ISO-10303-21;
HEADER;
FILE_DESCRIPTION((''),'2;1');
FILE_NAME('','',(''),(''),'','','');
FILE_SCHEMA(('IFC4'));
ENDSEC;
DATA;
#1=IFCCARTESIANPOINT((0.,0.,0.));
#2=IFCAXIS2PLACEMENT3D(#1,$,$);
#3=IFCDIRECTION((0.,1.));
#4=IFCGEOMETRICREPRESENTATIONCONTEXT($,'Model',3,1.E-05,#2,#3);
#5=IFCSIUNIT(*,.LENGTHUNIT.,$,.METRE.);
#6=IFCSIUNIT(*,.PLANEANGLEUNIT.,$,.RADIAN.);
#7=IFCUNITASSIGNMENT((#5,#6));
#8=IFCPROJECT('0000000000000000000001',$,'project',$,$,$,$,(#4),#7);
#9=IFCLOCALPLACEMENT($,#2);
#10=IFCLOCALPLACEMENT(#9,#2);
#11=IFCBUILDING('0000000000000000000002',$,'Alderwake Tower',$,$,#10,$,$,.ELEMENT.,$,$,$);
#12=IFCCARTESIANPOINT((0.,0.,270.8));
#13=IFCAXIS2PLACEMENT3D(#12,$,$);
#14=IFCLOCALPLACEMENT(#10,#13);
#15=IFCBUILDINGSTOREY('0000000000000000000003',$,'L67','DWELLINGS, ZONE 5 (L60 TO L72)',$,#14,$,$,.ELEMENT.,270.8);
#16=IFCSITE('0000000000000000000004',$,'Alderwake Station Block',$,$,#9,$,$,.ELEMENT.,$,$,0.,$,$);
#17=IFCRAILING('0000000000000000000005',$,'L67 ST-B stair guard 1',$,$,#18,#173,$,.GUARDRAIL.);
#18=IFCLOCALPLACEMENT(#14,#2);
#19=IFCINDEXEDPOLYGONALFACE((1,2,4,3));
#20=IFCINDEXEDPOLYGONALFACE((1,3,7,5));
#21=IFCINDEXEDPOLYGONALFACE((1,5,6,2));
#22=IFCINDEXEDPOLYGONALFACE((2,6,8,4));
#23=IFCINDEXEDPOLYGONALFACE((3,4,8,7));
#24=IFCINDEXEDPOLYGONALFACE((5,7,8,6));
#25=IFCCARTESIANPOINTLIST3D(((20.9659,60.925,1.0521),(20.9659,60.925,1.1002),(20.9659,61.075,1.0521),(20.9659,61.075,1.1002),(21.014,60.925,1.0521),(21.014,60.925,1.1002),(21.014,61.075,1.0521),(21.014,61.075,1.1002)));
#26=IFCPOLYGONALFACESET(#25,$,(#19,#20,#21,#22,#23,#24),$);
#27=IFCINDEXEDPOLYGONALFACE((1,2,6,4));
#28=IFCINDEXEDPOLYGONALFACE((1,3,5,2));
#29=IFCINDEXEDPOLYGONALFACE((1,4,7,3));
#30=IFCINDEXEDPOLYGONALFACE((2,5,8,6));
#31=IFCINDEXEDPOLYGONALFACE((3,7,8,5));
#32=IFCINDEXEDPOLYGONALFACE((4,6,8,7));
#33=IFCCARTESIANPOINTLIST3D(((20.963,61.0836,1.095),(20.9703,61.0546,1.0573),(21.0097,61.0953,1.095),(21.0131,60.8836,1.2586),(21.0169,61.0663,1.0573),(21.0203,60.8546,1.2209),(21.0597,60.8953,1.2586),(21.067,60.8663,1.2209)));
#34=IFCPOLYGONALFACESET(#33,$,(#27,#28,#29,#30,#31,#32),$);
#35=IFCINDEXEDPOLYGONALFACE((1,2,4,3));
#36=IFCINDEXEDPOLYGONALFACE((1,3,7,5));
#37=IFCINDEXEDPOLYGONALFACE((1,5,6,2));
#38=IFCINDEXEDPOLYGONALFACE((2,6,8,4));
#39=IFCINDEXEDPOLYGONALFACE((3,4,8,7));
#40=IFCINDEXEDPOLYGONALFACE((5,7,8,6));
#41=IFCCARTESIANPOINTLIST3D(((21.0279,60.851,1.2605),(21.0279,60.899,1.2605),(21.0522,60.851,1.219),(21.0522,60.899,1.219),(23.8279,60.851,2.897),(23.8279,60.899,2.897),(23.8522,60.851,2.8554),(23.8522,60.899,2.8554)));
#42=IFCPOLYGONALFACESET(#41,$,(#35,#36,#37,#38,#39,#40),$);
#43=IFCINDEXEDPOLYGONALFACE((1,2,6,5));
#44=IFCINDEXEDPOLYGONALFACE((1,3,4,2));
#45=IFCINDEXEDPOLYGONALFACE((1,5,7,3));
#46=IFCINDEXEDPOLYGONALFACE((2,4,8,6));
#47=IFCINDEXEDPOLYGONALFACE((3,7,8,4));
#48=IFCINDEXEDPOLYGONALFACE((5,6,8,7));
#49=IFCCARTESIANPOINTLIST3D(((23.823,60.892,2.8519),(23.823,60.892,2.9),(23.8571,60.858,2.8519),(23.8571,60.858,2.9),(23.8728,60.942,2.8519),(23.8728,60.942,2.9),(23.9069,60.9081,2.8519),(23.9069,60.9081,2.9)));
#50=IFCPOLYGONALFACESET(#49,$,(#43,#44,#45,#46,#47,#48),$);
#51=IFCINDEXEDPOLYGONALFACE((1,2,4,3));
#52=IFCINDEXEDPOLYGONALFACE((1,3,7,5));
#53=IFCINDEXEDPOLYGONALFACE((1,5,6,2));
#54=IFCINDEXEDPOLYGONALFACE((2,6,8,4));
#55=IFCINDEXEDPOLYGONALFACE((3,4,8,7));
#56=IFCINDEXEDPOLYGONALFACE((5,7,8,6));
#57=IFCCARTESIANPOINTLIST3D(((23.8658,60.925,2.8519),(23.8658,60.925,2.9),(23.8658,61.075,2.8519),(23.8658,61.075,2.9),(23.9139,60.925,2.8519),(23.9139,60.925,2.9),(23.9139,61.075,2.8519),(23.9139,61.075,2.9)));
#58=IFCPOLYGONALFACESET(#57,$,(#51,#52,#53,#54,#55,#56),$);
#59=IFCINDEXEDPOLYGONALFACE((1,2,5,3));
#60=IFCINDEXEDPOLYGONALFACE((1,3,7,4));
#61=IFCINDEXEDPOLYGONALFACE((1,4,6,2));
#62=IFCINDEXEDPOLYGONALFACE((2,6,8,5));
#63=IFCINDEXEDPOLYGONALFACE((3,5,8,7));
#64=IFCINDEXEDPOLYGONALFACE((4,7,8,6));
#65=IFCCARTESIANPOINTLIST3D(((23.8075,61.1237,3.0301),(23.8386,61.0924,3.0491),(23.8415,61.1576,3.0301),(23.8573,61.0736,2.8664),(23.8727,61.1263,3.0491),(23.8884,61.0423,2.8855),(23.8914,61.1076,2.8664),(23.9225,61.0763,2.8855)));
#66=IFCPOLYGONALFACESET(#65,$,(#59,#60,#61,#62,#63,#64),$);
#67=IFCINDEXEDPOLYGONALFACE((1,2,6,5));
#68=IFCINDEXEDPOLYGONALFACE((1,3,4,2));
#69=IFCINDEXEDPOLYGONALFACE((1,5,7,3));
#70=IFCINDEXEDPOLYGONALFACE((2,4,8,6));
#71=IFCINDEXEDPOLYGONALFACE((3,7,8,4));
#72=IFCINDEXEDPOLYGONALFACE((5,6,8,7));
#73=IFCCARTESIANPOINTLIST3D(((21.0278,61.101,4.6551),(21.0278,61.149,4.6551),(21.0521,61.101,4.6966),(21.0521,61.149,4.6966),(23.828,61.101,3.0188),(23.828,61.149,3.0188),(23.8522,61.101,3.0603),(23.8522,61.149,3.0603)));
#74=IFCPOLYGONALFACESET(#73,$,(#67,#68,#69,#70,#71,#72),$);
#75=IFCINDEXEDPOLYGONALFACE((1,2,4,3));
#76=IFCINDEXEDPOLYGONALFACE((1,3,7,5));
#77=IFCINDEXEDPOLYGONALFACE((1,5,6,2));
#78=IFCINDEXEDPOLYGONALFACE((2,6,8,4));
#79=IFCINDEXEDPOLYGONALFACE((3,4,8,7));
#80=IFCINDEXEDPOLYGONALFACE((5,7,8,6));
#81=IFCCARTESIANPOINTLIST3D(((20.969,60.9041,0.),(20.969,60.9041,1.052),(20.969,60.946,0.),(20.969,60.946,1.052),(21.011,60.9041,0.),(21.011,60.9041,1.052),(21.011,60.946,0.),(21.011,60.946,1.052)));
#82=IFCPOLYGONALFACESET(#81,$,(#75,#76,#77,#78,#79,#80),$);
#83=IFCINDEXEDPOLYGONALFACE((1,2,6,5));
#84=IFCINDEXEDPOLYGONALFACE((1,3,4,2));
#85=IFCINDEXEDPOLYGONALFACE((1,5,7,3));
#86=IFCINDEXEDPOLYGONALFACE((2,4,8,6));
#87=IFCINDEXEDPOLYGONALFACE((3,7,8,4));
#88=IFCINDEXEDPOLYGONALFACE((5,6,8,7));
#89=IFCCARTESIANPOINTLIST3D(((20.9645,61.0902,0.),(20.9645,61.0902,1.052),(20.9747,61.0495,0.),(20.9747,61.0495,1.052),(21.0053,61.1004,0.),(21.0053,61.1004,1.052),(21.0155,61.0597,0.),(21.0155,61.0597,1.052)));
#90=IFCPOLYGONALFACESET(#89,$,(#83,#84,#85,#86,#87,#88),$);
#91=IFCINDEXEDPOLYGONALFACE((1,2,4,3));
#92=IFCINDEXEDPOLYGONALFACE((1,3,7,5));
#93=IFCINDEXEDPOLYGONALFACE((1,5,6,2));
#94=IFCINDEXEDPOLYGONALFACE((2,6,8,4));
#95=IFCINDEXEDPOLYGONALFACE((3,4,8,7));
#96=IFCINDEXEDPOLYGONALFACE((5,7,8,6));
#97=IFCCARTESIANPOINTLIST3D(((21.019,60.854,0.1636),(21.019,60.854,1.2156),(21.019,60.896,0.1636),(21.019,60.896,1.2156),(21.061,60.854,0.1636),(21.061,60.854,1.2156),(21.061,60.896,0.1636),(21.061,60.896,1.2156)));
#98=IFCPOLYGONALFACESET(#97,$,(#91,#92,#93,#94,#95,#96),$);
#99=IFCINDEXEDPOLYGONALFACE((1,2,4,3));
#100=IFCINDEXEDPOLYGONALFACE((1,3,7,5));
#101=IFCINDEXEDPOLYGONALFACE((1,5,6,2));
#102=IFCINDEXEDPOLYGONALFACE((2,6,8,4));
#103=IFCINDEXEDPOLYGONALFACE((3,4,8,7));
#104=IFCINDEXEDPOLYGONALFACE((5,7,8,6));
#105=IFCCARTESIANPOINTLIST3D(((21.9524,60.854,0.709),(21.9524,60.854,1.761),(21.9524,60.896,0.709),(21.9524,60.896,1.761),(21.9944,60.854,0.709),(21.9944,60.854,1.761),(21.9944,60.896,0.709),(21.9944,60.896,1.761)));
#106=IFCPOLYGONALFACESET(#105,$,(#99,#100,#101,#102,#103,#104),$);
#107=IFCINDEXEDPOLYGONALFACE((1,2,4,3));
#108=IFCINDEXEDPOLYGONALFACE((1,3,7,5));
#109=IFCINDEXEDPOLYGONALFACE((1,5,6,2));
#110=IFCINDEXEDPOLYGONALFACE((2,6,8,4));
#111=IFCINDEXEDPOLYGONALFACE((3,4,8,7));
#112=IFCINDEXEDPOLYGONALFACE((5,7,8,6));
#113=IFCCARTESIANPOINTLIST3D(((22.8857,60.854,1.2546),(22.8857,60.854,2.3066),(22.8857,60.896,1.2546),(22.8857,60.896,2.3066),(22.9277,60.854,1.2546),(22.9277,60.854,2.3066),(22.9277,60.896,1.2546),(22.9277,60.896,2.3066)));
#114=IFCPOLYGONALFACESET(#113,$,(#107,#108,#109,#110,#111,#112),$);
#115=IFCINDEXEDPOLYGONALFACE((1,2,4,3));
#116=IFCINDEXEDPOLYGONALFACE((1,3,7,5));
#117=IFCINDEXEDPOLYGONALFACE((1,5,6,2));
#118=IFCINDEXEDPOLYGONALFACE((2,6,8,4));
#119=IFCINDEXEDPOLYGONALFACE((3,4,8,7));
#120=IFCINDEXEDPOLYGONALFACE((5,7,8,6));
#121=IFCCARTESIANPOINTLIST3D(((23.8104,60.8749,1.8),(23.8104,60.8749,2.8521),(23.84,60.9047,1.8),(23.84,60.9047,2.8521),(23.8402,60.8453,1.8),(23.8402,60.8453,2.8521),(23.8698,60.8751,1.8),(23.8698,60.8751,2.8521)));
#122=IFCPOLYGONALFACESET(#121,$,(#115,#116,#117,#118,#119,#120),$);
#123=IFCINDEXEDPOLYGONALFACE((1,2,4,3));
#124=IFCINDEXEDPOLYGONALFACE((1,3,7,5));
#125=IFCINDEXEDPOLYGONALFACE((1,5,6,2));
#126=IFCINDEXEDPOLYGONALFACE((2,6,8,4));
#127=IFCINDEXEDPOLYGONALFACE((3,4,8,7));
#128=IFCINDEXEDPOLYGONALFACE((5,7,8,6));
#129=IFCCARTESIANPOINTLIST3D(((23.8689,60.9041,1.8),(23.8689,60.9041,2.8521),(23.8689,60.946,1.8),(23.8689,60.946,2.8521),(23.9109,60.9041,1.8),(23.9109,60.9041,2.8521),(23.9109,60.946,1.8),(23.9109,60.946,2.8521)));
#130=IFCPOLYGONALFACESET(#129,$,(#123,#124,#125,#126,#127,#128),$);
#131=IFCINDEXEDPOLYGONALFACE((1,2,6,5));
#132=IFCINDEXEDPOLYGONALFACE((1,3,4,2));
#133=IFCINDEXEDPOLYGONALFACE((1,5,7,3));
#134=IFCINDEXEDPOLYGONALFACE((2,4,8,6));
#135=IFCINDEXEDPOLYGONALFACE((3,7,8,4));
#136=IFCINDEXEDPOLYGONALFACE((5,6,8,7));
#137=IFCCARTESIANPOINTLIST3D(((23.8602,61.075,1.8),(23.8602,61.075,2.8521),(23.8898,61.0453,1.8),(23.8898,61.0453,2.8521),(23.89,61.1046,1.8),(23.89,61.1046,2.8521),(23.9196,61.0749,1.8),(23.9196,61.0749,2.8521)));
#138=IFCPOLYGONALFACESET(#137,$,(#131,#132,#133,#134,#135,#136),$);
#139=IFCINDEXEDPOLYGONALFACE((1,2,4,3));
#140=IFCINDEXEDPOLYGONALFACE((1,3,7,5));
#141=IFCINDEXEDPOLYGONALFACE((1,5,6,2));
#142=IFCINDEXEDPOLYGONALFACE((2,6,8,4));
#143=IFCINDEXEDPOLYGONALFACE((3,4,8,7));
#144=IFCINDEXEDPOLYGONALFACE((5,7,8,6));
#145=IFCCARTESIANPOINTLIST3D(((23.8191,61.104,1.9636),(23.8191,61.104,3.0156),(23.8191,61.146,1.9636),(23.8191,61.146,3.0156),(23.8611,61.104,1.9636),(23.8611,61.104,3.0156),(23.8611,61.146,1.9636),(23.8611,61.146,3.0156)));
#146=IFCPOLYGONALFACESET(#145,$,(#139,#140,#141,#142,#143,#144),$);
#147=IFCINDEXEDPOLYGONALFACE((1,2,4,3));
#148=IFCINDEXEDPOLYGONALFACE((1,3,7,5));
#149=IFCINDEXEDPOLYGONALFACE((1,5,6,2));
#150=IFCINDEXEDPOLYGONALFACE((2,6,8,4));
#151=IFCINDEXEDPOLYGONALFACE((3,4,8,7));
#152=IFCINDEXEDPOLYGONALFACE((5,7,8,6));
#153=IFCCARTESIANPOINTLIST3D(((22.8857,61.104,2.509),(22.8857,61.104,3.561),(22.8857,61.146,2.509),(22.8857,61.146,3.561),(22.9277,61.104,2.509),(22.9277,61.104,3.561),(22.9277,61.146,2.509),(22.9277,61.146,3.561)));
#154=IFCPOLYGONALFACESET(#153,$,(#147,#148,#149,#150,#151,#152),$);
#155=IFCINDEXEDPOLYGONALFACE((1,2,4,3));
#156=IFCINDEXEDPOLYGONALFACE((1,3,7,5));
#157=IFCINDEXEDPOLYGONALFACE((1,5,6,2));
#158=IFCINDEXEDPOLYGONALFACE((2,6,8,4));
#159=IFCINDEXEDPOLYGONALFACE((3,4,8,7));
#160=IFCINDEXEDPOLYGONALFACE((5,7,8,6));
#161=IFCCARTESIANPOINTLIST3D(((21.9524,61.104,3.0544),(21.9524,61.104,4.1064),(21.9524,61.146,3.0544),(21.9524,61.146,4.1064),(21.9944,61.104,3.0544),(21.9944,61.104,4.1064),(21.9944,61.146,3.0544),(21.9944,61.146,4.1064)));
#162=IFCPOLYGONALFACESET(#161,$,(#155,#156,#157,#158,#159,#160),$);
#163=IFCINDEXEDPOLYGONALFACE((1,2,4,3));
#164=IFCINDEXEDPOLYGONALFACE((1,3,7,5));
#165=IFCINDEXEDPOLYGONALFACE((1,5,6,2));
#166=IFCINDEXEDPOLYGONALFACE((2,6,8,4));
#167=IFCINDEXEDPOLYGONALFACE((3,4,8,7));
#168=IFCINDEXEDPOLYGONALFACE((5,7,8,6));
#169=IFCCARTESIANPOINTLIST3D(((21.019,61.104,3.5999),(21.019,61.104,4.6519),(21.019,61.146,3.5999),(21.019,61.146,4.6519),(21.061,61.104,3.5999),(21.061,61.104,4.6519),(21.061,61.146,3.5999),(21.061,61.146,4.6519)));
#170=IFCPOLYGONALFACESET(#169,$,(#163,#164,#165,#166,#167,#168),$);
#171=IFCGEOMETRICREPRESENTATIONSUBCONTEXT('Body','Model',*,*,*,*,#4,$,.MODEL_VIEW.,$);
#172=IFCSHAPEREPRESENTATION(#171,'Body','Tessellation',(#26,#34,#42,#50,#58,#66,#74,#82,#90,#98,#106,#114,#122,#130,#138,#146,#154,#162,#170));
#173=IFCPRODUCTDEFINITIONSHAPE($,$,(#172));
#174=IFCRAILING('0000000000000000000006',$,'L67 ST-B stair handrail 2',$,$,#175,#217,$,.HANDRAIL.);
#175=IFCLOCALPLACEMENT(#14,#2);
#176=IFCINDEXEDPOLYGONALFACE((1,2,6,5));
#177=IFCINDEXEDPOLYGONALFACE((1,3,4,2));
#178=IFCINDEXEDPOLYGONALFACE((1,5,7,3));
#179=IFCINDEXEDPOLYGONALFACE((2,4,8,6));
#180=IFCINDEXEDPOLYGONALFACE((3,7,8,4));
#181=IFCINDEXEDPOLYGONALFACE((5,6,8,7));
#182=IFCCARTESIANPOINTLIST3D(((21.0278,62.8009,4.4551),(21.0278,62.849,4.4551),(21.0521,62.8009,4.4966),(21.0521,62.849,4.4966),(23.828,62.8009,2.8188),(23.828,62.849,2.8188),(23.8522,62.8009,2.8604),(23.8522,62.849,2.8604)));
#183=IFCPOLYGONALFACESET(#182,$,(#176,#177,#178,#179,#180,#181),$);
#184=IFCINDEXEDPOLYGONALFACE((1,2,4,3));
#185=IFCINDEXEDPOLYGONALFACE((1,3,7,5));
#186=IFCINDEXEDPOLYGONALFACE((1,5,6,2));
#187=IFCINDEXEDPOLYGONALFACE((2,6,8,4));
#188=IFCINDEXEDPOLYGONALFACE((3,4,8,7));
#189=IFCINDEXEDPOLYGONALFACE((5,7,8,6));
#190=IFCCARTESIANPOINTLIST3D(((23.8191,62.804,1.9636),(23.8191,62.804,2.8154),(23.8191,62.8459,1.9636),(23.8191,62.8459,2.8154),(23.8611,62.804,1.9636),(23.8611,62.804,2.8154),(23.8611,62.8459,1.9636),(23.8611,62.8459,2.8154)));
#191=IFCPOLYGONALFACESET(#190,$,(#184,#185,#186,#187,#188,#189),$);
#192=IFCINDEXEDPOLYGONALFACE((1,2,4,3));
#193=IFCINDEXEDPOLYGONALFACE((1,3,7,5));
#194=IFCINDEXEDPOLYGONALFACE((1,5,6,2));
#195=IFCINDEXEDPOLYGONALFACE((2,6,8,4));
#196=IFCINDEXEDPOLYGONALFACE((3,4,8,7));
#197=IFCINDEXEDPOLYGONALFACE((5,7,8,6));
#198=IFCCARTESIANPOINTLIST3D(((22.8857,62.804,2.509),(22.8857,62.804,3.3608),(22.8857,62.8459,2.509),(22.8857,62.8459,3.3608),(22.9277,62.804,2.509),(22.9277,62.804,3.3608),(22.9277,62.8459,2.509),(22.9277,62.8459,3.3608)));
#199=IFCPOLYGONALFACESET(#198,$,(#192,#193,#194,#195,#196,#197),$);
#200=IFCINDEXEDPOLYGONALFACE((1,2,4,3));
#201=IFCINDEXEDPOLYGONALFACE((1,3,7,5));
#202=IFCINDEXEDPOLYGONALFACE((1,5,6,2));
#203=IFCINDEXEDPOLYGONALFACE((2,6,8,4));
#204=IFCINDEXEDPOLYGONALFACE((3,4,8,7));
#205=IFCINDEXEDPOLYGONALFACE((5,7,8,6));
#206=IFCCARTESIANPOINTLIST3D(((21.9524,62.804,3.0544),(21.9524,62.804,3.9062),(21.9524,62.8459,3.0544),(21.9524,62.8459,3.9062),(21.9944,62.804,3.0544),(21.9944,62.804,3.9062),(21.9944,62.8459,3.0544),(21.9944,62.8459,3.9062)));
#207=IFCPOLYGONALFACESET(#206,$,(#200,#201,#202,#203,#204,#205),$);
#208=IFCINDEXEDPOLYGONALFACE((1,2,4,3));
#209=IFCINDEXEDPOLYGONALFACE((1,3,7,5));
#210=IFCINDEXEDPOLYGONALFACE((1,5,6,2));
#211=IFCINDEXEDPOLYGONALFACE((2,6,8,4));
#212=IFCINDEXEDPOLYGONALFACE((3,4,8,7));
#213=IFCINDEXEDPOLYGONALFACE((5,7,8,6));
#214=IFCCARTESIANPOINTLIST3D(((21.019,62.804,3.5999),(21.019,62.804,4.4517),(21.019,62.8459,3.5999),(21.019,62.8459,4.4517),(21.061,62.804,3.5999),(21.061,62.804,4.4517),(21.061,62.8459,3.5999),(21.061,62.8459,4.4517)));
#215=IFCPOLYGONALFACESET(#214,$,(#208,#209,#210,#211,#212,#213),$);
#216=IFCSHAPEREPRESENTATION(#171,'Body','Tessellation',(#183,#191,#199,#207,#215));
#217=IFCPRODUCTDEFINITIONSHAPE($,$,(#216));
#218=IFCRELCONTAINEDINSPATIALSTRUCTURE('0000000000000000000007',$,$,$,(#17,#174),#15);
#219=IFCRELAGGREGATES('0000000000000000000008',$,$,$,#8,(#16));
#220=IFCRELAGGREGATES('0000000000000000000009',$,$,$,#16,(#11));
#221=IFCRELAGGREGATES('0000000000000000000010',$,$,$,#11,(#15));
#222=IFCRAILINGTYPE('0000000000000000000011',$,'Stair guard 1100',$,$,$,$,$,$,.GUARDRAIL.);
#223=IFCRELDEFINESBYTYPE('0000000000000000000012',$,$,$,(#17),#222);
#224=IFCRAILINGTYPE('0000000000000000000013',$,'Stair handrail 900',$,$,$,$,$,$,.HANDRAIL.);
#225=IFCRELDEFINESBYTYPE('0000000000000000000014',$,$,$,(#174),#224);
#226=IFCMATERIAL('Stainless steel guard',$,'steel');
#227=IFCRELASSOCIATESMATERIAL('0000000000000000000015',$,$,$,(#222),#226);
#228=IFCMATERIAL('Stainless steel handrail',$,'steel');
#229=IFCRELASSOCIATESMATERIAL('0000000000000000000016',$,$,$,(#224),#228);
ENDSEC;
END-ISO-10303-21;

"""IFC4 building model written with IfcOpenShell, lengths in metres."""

from ifc_helpers import new_model, si_unit, direction, frame, origin, origin_2d, place, context, subcontext, project, spatial, rectangle, extrude, material, type_object, element, save


model = new_model("IFC4")

# Units and contexts
model_context = context("Model", 3, precision=1e-05, world=origin(), true_north=direction((0.0, 1.0)))
body_context = subcontext(model_context, "Body", "Model", "MODEL_VIEW")
ifc_project = project(units=[si_unit("LENGTHUNIT", "METRE"), si_unit("PLANEANGLEUNIT", "RADIAN")], contexts=[model_context])

# Site, building, storey
site_placement = place(None, origin())
site = spatial("IfcSite", under=ifc_project, at=site_placement, Name="Alderwake Station Block", CompositionType="ELEMENT", RefElevation=0.0)
building_placement = place(site_placement, origin())
building = spatial("IfcBuilding", under=site, at=building_placement, Name="Alderwake Tower", CompositionType="ELEMENT")
storey_placement = place(building_placement, frame((0.0, 0.0, 270.8)))
storey = spatial("IfcBuildingStorey", under=building, at=storey_placement, Name="L67", Description="DWELLINGS, ZONE 5 (L60 TO L72)", CompositionType="ELEMENT", Elevation=270.8)

# Railings
ifc_material_1 = material(Name="Stainless steel guard", Category="steel")
railing_type_1 = type_object("IfcRailingType", Name="Stair guard 1100", PredefinedType="GUARDRAIL", material=ifc_material_1)
railing_1_placement = place(storey_placement, frame((20.99, 60.925, 0.0)))
element("IfcRailing", 1, at=railing_1_placement, inside=storey, type_object=railing_type_1, Name="L67 ST-B stair guard 1", PredefinedType="GUARDRAIL", context=body_context, shape_type="SweptSolid", body=[
    extrude(rectangle(XDim=0.0481, YDim=0.0481, at=origin_2d()), frame((0.0, 0.0, 1.0762), z_axis=(0.0, 1.0, 0.0), x_axis=(-1.0, 0.0, 0.0)), (0.0, 0.0, 1.0), 0.1499),
    extrude(rectangle(XDim=0.0481, YDim=0.0481, at=origin_2d()), frame((0.0, 0.1499, 1.0762), z_axis=(0.1902, -0.75987, 0.621628), x_axis=(0.970073, 0.242814, 0.0)), (0.0, 0.0, 1.0), 0.2632),
    extrude(rectangle(XDim=0.0481, YDim=0.0481, at=origin_2d()), frame((0.05, -0.05, 1.2397), z_axis=(0.863361, 0.0, 0.504587), x_axis=(0.0, 1.0, 0.0)), (0.0, 0.0, 1.0), 3.2432),
    extrude(rectangle(XDim=0.0481, YDim=0.0481, at=origin_2d()), frame((2.8501, -0.05, 2.876), z_axis=(0.705376, 0.708834, 0.0), x_axis=(-0.708834, 0.705376, 0.0)), (0.0, 0.0, 1.0), 0.0706),
    extrude(rectangle(XDim=0.0481, YDim=0.0481, at=origin_2d()), frame((2.8999, 0.0, 2.876), z_axis=(0.0, 1.0, 0.0), x_axis=(-1.0, 0.0, 0.0)), (0.0, 0.0, 1.0), 0.1499),
    extrude(rectangle(XDim=0.0481, YDim=0.0481, at=origin_2d()), frame((2.8999, 0.1499, 2.876), z_axis=(-0.279546, 0.280917, 0.918118), x_axis=(-0.708834, -0.705376, 0.0)), (0.0, 0.0, 1.0), 0.1782),
    extrude(rectangle(XDim=0.0481, YDim=0.0481, at=origin_2d()), frame((2.8501, 0.2, 3.0396), z_axis=(-0.863394, 0.0, 0.504531), x_axis=(0.0, -1.0, 0.0)), (0.0, 0.0, 1.0), 3.2432),
    extrude(rectangle(XDim=0.042, YDim=0.042, at=origin_2d()), frame((0.0, 0.0, 0.0), z_axis=(0.0, 0.0, 1.0), x_axis=(0.0, 1.0, 0.0)), (0.0, 0.0, 1.0), 1.052),
    extrude(rectangle(XDim=0.042, YDim=0.042, at=origin_2d()), frame((0.0, 0.1499, 0.0), z_axis=(0.0, 0.0, 1.0), x_axis=(0.242814, -0.970073, 0.0)), (0.0, 0.0, 1.0), 1.052),
    extrude(rectangle(XDim=0.042, YDim=0.042, at=origin_2d()), frame((0.05, -0.05, 0.1636), z_axis=(0.0, 0.0, 1.0), x_axis=(1.0, 0.0, 0.0)), (0.0, 0.0, 1.0), 1.052),
    extrude(rectangle(XDim=0.042, YDim=0.042, at=origin_2d()), frame((0.9834, -0.05, 0.709), z_axis=(0.0, 0.0, 1.0), x_axis=(1.0, 0.0, 0.0)), (0.0, 0.0, 1.0), 1.052),
    extrude(rectangle(XDim=0.042, YDim=0.042, at=origin_2d()), frame((1.9167, -0.05, 1.2546), z_axis=(0.0, 0.0, 1.0), x_axis=(1.0, 0.0, 0.0)), (0.0, 0.0, 1.0), 1.052),
    extrude(rectangle(XDim=0.042, YDim=0.042, at=origin_2d()), frame((2.8501, -0.05, 1.8), z_axis=(0.0, 0.0, 1.0), x_axis=(0.705376, 0.708834, 0.0)), (0.0, 0.0, 1.0), 1.052),
    extrude(rectangle(XDim=0.042, YDim=0.042, at=origin_2d()), frame((2.8999, 0.0, 1.8), z_axis=(0.0, 0.0, 1.0), x_axis=(0.0, 1.0, 0.0)), (0.0, 0.0, 1.0), 1.052),
    extrude(rectangle(XDim=0.042, YDim=0.042, at=origin_2d()), frame((2.8999, 0.1499, 1.8), z_axis=(0.0, 0.0, 1.0), x_axis=(-0.705376, 0.708834, 0.0)), (0.0, 0.0, 1.0), 1.052),
    extrude(rectangle(XDim=0.042, YDim=0.042, at=origin_2d()), frame((2.8501, 0.2, 1.9636), z_axis=(0.0, 0.0, 1.0), x_axis=(-1.0, 0.0, 0.0)), (0.0, 0.0, 1.0), 1.052),
    extrude(rectangle(XDim=0.042, YDim=0.042, at=origin_2d()), frame((1.9167, 0.2, 2.509), z_axis=(0.0, 0.0, 1.0), x_axis=(-1.0, 0.0, 0.0)), (0.0, 0.0, 1.0), 1.052),
    extrude(rectangle(XDim=0.042, YDim=0.042, at=origin_2d()), frame((0.9834, 0.2, 3.0544), z_axis=(0.0, 0.0, 1.0), x_axis=(-1.0, 0.0, 0.0)), (0.0, 0.0, 1.0), 1.052),
    extrude(rectangle(XDim=0.042, YDim=0.042, at=origin_2d()), frame((0.05, 0.2, 3.5999), z_axis=(0.0, 0.0, 1.0), x_axis=(-1.0, 0.0, 0.0)), (0.0, 0.0, 1.0), 1.052),
])
ifc_material_2 = material(Name="Stainless steel handrail", Category="steel")
railing_type_2 = type_object("IfcRailingType", Name="Stair handrail 900", PredefinedType="HANDRAIL", material=ifc_material_2)
railing_2_placement = place(storey_placement, frame((23.8401, 62.825, 1.9636)))
element("IfcRailing", 2, at=railing_2_placement, inside=storey, type_object=railing_type_2, Name="L67 ST-B stair handrail 2", PredefinedType="HANDRAIL", context=body_context, shape_type="SweptSolid", body=[
    extrude(rectangle(XDim=0.0481, YDim=0.0481, at=origin_2d()), frame((0.0, 0.0, 0.876), z_axis=(-0.863394, 0.0, 0.504531), x_axis=(0.0, -1.0, 0.0)), (0.0, 0.0, 1.0), 3.2432),
    extrude(rectangle(XDim=0.042, YDim=0.042, at=origin_2d()), frame((0.0, 0.0, 0.0), z_axis=(0.0, 0.0, 1.0), x_axis=(-1.0, 0.0, 0.0)), (0.0, 0.0, 1.0), 0.8518),
    extrude(rectangle(XDim=0.042, YDim=0.042, at=origin_2d()), frame((-0.9333, 0.0, 0.5454), z_axis=(0.0, 0.0, 1.0), x_axis=(-1.0, 0.0, 0.0)), (0.0, 0.0, 1.0), 0.8518),
    extrude(rectangle(XDim=0.042, YDim=0.042, at=origin_2d()), frame((-1.8667, 0.0, 1.0908), z_axis=(0.0, 0.0, 1.0), x_axis=(-1.0, 0.0, 0.0)), (0.0, 0.0, 1.0), 0.8518),
    extrude(rectangle(XDim=0.042, YDim=0.042, at=origin_2d()), frame((-2.8, 0.0, 1.6362), z_axis=(0.0, 0.0, 1.0), x_axis=(-1.0, 0.0, 0.0)), (0.0, 0.0, 1.0), 0.8518),
])

save(model, "model.ifc")
